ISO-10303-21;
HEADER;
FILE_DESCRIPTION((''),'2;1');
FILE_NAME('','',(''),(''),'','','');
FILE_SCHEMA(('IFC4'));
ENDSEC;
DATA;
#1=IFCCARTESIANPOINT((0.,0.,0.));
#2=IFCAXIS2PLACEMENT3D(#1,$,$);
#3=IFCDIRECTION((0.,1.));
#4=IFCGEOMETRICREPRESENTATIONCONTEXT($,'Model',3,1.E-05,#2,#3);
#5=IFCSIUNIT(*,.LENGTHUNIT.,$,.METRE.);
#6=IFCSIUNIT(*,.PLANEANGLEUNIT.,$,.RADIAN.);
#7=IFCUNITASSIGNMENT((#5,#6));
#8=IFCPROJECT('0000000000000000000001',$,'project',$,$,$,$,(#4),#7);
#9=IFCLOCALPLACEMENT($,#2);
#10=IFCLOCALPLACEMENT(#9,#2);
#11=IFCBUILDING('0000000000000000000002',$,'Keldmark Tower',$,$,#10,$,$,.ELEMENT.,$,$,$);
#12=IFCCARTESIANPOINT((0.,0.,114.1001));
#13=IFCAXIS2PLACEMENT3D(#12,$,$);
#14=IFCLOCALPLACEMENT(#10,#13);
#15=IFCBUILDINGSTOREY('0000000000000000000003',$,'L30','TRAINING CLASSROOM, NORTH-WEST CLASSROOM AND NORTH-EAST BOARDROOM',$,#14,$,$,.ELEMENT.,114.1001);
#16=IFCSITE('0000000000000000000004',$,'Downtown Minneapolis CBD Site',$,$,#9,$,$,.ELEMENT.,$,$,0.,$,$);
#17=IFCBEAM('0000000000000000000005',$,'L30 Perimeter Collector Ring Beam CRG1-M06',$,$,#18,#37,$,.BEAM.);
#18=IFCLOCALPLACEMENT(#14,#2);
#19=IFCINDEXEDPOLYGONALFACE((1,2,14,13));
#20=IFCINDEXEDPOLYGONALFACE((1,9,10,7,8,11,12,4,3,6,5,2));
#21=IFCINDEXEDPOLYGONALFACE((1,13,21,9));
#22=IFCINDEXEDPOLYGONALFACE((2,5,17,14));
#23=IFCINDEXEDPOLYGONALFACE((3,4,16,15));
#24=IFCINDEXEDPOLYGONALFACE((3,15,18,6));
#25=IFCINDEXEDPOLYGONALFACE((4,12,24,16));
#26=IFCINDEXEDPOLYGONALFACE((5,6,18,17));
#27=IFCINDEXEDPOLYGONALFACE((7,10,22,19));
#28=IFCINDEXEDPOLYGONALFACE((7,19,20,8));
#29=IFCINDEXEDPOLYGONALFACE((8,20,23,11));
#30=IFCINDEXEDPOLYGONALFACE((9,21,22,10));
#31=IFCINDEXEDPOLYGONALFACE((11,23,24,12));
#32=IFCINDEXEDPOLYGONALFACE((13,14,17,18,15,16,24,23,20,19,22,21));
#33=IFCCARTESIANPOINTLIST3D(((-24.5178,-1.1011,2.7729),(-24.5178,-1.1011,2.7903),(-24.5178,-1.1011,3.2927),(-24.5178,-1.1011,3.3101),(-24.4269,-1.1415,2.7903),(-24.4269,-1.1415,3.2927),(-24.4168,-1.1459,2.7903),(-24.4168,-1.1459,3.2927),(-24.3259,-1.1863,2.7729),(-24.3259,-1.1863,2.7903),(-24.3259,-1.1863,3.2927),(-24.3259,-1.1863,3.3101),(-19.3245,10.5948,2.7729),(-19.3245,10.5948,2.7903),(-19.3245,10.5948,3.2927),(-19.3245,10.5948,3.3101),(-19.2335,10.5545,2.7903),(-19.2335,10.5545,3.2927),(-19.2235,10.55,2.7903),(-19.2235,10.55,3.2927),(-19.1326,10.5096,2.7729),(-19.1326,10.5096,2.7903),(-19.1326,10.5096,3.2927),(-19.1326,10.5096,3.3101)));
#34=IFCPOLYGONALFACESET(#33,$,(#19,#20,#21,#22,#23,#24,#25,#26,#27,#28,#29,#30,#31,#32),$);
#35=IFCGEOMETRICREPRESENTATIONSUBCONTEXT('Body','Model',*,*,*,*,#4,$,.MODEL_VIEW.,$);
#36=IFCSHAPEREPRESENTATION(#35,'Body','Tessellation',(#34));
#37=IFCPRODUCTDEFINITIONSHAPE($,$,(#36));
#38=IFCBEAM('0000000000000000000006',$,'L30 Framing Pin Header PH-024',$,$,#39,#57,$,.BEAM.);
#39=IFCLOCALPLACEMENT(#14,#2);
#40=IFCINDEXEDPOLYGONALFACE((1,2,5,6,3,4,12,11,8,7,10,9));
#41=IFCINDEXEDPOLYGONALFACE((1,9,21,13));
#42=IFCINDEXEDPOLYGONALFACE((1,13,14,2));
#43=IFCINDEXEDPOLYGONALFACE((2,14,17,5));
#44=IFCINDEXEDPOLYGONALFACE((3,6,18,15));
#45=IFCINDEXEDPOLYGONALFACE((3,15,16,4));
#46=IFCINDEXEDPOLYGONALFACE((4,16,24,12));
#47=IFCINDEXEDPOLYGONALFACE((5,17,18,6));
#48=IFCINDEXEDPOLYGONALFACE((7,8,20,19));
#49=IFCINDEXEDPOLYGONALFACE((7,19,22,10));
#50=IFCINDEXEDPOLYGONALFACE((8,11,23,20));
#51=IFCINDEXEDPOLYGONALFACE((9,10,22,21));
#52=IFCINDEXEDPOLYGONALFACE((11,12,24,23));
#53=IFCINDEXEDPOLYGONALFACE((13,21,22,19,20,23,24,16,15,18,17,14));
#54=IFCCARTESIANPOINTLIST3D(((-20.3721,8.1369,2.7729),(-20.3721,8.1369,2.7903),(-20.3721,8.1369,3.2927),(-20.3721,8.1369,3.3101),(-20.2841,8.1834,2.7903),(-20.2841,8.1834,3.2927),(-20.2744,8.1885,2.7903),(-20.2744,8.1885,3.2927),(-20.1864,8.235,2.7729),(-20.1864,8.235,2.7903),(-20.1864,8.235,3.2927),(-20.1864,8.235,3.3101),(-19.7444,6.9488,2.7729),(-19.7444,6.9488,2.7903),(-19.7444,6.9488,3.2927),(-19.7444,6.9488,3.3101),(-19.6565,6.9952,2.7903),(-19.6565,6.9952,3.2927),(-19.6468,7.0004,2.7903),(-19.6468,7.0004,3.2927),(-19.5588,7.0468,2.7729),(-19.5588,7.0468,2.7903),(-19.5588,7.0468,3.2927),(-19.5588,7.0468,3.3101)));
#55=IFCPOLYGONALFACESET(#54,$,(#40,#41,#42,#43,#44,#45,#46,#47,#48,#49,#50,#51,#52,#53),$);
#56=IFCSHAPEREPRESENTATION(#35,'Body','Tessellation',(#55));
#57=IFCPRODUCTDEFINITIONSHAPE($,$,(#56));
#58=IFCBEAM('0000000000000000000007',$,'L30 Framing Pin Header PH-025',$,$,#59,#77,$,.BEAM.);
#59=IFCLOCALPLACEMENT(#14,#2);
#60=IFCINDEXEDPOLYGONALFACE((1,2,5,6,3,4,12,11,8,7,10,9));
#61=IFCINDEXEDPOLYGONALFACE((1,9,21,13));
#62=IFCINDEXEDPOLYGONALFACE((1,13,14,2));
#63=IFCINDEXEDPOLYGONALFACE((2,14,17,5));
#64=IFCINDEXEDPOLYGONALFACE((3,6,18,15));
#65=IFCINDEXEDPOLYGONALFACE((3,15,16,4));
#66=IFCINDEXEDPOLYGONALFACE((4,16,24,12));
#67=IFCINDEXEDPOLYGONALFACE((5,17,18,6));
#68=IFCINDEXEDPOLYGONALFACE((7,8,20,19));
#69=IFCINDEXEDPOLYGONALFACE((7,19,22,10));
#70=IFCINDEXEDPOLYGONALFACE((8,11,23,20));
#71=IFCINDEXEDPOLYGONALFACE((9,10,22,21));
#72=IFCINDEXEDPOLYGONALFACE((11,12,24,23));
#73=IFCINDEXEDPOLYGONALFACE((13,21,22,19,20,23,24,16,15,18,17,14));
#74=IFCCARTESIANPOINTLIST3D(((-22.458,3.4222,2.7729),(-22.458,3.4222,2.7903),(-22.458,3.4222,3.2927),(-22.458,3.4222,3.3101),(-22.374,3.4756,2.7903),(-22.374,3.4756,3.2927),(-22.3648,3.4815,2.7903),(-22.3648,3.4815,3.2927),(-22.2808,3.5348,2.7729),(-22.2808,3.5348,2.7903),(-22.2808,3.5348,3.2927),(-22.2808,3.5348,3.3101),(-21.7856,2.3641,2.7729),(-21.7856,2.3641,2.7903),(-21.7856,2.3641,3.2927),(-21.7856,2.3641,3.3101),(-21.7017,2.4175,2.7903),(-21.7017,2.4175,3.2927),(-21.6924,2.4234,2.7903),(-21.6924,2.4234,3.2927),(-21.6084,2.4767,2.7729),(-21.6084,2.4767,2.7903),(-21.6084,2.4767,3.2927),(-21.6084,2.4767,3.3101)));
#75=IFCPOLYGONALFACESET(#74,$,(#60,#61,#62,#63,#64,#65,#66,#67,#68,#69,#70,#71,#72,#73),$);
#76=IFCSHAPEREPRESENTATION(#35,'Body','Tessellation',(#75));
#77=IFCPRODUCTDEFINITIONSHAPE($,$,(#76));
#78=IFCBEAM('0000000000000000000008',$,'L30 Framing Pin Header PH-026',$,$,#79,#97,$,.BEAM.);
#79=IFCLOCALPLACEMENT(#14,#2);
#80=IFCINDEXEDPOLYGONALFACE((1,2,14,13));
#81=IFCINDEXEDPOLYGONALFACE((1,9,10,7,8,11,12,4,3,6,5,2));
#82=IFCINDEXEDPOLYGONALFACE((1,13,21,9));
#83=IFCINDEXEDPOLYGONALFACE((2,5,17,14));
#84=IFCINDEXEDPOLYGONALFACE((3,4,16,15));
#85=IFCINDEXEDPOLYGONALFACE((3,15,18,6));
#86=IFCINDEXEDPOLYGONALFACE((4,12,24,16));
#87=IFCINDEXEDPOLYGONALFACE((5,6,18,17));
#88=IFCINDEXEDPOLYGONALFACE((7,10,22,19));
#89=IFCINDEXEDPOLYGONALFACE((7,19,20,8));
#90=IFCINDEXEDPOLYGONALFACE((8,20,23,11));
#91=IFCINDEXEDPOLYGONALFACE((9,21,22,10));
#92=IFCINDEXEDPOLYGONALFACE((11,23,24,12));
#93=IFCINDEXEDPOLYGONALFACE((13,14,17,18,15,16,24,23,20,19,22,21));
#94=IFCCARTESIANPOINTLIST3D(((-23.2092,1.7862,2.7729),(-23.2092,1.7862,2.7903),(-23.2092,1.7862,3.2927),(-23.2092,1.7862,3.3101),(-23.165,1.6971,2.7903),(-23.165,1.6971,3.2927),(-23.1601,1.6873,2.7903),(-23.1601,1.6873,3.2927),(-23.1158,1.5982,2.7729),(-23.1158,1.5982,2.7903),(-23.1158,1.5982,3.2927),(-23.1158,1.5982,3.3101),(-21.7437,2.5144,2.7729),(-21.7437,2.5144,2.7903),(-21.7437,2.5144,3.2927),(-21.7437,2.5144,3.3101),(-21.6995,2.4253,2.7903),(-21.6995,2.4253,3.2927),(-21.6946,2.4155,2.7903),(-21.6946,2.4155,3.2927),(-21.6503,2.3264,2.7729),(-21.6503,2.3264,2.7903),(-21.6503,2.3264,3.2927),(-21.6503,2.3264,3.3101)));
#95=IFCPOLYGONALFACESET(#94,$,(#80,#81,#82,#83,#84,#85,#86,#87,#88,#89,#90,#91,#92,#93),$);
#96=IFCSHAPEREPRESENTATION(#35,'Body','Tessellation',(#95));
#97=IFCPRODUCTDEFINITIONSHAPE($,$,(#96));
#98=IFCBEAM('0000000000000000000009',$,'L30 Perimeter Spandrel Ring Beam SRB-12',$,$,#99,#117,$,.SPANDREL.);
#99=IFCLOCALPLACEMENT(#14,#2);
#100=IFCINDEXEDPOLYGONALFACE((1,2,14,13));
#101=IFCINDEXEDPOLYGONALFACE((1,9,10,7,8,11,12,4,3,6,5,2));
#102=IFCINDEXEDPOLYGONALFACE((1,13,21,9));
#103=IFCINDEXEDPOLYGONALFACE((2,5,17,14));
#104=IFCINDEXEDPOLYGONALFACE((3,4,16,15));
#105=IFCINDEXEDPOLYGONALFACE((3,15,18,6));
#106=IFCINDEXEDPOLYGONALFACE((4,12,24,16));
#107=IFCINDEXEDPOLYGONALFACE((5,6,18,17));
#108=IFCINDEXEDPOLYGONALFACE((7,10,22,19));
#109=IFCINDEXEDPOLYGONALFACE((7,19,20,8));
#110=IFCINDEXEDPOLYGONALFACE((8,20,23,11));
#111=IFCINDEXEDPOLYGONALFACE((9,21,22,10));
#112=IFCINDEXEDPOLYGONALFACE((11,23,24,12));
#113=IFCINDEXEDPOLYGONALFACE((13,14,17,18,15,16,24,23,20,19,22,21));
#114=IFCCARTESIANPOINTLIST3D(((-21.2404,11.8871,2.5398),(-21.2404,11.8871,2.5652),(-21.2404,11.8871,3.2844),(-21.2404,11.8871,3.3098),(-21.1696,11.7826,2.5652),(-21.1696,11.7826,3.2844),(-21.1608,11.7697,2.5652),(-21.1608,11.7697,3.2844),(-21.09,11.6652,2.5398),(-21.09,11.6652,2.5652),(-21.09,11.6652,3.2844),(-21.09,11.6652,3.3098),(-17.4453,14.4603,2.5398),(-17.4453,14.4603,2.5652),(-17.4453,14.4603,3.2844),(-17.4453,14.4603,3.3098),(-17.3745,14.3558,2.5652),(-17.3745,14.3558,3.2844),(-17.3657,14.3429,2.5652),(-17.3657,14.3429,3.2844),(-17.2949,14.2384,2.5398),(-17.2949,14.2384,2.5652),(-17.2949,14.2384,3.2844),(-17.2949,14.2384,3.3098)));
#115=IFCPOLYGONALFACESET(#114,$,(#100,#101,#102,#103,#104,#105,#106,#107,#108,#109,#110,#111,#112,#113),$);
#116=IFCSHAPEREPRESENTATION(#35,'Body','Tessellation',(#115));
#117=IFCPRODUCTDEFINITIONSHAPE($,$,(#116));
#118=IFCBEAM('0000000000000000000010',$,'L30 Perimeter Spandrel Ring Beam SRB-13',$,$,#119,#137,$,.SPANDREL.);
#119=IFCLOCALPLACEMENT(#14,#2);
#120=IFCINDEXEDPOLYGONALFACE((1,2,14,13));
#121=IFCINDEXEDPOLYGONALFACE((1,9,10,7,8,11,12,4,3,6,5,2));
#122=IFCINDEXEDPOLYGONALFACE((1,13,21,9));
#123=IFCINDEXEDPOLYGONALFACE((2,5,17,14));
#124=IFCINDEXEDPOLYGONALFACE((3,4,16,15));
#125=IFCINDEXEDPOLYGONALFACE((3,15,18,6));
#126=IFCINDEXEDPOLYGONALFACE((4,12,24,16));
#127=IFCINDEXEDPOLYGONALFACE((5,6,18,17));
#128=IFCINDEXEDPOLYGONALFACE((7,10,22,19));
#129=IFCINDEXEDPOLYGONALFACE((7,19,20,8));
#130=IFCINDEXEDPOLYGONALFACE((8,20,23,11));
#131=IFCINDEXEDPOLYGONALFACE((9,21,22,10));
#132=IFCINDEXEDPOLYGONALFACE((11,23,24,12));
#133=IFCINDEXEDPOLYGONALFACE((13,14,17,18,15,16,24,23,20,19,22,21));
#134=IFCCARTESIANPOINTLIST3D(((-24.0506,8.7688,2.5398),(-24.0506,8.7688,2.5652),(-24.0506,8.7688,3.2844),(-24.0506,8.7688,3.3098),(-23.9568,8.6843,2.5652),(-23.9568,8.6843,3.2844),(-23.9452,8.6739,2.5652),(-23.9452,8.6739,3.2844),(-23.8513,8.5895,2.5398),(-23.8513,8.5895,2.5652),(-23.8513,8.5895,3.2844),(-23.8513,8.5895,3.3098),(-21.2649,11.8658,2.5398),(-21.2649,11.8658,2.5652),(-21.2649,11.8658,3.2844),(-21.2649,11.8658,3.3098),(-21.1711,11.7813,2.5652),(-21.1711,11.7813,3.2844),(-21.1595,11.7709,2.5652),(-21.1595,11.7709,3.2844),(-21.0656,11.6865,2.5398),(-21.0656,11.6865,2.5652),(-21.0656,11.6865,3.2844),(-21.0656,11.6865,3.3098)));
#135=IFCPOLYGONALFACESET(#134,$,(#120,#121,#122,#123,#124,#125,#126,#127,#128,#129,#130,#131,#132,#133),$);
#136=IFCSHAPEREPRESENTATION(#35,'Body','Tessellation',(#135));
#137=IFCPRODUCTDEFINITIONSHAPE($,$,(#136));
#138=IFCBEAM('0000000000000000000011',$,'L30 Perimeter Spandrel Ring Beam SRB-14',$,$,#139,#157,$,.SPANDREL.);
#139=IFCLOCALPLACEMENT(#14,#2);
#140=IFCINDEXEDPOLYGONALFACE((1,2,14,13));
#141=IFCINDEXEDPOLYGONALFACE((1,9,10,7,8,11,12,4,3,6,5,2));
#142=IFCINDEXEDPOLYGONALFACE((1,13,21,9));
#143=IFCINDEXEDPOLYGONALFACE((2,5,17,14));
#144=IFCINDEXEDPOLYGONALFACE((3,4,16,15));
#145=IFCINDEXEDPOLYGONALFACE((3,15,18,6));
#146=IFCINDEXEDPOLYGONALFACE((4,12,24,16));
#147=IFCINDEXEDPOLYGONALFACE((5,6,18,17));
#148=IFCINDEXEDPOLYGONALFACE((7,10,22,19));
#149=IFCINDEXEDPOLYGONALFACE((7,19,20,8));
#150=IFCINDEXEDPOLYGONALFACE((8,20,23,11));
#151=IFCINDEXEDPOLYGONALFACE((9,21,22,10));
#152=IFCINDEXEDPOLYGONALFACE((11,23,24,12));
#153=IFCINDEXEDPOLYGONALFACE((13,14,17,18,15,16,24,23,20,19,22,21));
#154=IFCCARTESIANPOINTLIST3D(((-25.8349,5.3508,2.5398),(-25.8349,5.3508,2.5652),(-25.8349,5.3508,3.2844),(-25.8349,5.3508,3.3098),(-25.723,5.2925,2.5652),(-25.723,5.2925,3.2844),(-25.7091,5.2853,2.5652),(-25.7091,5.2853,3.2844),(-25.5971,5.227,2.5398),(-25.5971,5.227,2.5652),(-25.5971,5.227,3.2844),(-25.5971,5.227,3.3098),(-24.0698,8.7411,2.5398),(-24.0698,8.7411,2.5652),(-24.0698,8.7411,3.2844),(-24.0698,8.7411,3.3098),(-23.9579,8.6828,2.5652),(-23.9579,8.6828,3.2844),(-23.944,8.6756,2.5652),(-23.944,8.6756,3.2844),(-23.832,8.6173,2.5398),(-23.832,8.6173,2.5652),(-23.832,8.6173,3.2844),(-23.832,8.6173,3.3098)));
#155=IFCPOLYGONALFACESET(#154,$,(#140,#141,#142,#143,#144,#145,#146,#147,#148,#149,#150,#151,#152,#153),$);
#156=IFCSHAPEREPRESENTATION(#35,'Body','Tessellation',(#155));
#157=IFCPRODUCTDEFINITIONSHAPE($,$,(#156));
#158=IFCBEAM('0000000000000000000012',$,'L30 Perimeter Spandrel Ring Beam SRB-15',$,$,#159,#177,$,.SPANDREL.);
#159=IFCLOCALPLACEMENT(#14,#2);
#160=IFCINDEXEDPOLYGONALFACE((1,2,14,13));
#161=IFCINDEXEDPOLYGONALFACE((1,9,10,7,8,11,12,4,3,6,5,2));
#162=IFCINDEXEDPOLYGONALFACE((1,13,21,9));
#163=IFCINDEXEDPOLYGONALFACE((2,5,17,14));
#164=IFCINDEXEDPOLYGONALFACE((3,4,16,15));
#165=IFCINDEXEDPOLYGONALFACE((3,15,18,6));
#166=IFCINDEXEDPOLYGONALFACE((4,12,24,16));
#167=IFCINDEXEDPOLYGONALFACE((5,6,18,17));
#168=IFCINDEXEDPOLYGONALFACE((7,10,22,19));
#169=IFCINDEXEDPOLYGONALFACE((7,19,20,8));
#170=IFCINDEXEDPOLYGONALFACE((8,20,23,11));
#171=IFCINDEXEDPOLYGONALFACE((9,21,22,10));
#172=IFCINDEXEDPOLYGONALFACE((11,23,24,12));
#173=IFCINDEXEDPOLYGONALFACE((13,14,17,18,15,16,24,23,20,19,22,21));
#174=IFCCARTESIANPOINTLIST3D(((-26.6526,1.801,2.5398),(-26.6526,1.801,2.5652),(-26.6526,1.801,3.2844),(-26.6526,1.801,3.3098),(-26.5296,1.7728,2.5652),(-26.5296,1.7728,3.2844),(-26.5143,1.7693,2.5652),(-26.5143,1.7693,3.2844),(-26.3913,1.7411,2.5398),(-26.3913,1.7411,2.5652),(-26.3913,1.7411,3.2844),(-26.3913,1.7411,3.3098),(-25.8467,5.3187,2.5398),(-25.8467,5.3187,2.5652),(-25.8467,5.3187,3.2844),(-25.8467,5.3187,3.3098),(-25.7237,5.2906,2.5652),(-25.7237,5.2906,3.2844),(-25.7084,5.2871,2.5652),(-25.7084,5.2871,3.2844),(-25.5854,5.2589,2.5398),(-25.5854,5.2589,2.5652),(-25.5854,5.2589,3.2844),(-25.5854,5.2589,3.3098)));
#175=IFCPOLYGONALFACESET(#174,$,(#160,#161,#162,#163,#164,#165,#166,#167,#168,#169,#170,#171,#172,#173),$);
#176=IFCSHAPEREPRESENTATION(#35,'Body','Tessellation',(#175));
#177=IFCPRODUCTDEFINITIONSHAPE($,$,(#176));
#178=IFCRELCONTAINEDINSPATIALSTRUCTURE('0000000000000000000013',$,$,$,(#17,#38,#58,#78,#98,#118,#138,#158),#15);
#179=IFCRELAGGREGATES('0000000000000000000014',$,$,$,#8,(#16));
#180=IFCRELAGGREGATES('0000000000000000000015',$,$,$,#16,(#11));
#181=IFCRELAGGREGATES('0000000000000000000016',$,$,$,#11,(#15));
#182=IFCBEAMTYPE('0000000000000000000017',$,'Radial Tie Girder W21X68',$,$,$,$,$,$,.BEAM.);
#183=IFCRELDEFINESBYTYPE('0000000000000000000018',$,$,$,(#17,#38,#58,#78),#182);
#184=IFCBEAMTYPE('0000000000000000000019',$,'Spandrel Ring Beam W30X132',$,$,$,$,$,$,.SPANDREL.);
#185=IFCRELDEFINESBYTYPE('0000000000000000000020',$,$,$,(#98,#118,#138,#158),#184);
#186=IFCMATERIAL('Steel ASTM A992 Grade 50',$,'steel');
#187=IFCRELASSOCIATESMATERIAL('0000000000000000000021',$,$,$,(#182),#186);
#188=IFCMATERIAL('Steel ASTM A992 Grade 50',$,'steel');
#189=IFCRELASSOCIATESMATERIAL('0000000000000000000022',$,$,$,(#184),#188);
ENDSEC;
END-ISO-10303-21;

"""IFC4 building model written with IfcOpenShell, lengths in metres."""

from ifc_helpers import new_model, si_unit, direction, frame, origin, origin_2d, place, context, subcontext, project, spatial, i_section, extrude, material, material_profile, profile_set, type_object, element, save


model = new_model("IFC4")

# Units and contexts
model_context = context("Model", 3, precision=1e-05, world=origin(), true_north=direction((0.0, 1.0)))
body_context = subcontext(model_context, "Body", "Model", "MODEL_VIEW")
ifc_project = project(units=[si_unit("LENGTHUNIT", "METRE"), si_unit("PLANEANGLEUNIT", "RADIAN")], contexts=[model_context])

# Site, building, storey
site_placement = place(None, origin())
site = spatial("IfcSite", under=ifc_project, at=site_placement, Name="Downtown Minneapolis CBD Site", CompositionType="ELEMENT", RefElevation=0.0)
building_placement = place(site_placement, origin())
building = spatial("IfcBuilding", under=site, at=building_placement, Name="Keldmark Tower", CompositionType="ELEMENT")
storey_placement = place(building_placement, frame((0.0, 0.0, 114.1001)))
storey = spatial("IfcBuildingStorey", under=building, at=storey_placement, Name="L30", Description="TRAINING CLASSROOM, NORTH-WEST CLASSROOM AND NORTH-EAST BOARDROOM", CompositionType="ELEMENT", Elevation=114.1001)

# Beams
ifc_material_1 = material(Name="Steel ASTM A992 Grade 50", Category="steel")
ifc_material_profile_1 = material_profile(ifc_material_1, i_section(OverallWidth=0.21, OverallDepth=0.5371, WebThickness=0.011, FlangeThickness=0.0173, at=origin_2d()), Name="W21X68")
ifc_profile_set_1 = profile_set([ifc_material_profile_1], Name="Steel ASTM A992 Grade 50")
beam_type_1 = type_object("IfcBeamType", Name="Radial Tie Girder W21X68", PredefinedType="BEAM", material=ifc_profile_set_1)
beam_1_placement = place(storey_placement, frame((-19.2285, 10.5522, 3.0415), z_axis=(-0.40582, -0.913953, 0.0), x_axis=(0.913953, -0.40582, 0.0)))
element("IfcBeam", 1, at=beam_1_placement, inside=storey, type_object=beam_type_1, Name="L30 Perimeter Collector Ring Beam CRG1-M06", PredefinedType="BEAM", context=body_context, shape_type="SweptSolid", body=[
    extrude(i_section(OverallWidth=0.21, OverallDepth=0.5371, WebThickness=0.011, FlangeThickness=0.0173, at=origin_2d()), origin(), (0.0, 0.0, 1.0), 12.7971),
])
beam_2_placement = place(storey_placement, frame((-19.6516, 6.9978, 3.0415), z_axis=(-0.467086, 0.884212, 0.0), x_axis=(-0.884212, -0.467086, 0.0)))
element("IfcBeam", 2, at=beam_2_placement, inside=storey, type_object=beam_type_1, Name="L30 Framing Pin Header PH-024", PredefinedType="BEAM", context=body_context, shape_type="SweptSolid", body=[
    extrude(i_section(OverallWidth=0.21, OverallDepth=0.5371, WebThickness=0.011, FlangeThickness=0.0173, at=origin_2d()), origin(), (0.0, 0.0, 1.0), 1.3438),
])
beam_3_placement = place(storey_placement, frame((-21.697, 2.4204, 3.0415), z_axis=(-0.536321, 0.844014, 0.0), x_axis=(-0.844014, -0.536321, 0.0)))
element("IfcBeam", 3, at=beam_3_placement, inside=storey, type_object=beam_type_1, Name="L30 Framing Pin Header PH-025", PredefinedType="BEAM", context=body_context, shape_type="SweptSolid", body=[
    extrude(i_section(OverallWidth=0.21, OverallDepth=0.5371, WebThickness=0.011, FlangeThickness=0.0173, at=origin_2d()), origin(), (0.0, 0.0, 1.0), 1.2537),
])
beam_4_placement = place(storey_placement, frame((-21.697, 2.4204, 3.0415), z_axis=(-0.895528, -0.445004, 0.0), x_axis=(0.445004, -0.895528, 0.0)))
element("IfcBeam", 4, at=beam_4_placement, inside=storey, type_object=beam_type_1, Name="L30 Framing Pin Header PH-026", PredefinedType="BEAM", context=body_context, shape_type="SweptSolid", body=[
    extrude(i_section(OverallWidth=0.21, OverallDepth=0.5371, WebThickness=0.011, FlangeThickness=0.0173, at=origin_2d()), origin(), (0.0, 0.0, 1.0), 1.6365),
])
ifc_material_2 = material(Name="Steel ASTM A992 Grade 50", Category="steel")
ifc_material_profile_2 = material_profile(ifc_material_2, i_section(OverallWidth=0.2681, OverallDepth=0.77, WebThickness=0.0156, FlangeThickness=0.0254, at=origin_2d()), Name="W30X132")
ifc_profile_set_2 = profile_set([ifc_material_profile_2], Name="Steel ASTM A992 Grade 50")
beam_type_2 = type_object("IfcBeamType", Name="Spandrel Ring Beam W30X132", PredefinedType="SPANDREL", material=ifc_profile_set_2)
beam_5_placement = place(storey_placement, frame((-17.3701, 14.3494, 2.9248), z_axis=(-0.827683, -0.561195, 0.0), x_axis=(0.561195, -0.827683, 0.0)))
element("IfcBeam", 5, at=beam_5_placement, inside=storey, type_object=beam_type_2, Name="L30 Perimeter Spandrel Ring Beam SRB-12", PredefinedType="SPANDREL", context=body_context, shape_type="SweptSolid", body=[
    extrude(i_section(OverallWidth=0.2681, OverallDepth=0.77, WebThickness=0.0156, FlangeThickness=0.0254, at=origin_2d()), origin(), (0.0, 0.0, 1.0), 4.5852),
])
beam_6_placement = place(storey_placement, frame((-21.1653, 11.7761, 2.9248), z_axis=(-0.668754, -0.743484, 0.0), x_axis=(0.743484, -0.668754, 0.0)))
element("IfcBeam", 6, at=beam_6_placement, inside=storey, type_object=beam_type_2, Name="L30 Perimeter Spandrel Ring Beam SRB-13", PredefinedType="SPANDREL", context=body_context, shape_type="SweptSolid", body=[
    extrude(i_section(OverallWidth=0.2681, OverallDepth=0.77, WebThickness=0.0156, FlangeThickness=0.0254, at=origin_2d()), origin(), (0.0, 0.0, 1.0), 4.1655),
])
beam_7_placement = place(storey_placement, frame((-23.9509, 8.6792, 2.9248), z_axis=(-0.461793, -0.886988, 0.0), x_axis=(0.886988, -0.461793, 0.0)))
element("IfcBeam", 7, at=beam_7_placement, inside=storey, type_object=beam_type_2, Name="L30 Perimeter Spandrel Ring Beam SRB-14", PredefinedType="SPANDREL", context=body_context, shape_type="SweptSolid", body=[
    extrude(i_section(OverallWidth=0.2681, OverallDepth=0.77, WebThickness=0.0156, FlangeThickness=0.0254, at=origin_2d()), origin(), (0.0, 0.0, 1.0), 3.8223),
])
beam_8_placement = place(storey_placement, frame((-25.7161, 5.2888, 2.9248), z_axis=(-0.223308, -0.974748, 0.0), x_axis=(0.974748, -0.223308, 0.0)))
element("IfcBeam", 8, at=beam_8_placement, inside=storey, type_object=beam_type_2, Name="L30 Perimeter Spandrel Ring Beam SRB-15", PredefinedType="SPANDREL", context=body_context, shape_type="SweptSolid", body=[
    extrude(i_section(OverallWidth=0.2681, OverallDepth=0.77, WebThickness=0.0156, FlangeThickness=0.0254, at=origin_2d()), origin(), (0.0, 0.0, 1.0), 3.6089),
])

save(model, "model.ifc")
